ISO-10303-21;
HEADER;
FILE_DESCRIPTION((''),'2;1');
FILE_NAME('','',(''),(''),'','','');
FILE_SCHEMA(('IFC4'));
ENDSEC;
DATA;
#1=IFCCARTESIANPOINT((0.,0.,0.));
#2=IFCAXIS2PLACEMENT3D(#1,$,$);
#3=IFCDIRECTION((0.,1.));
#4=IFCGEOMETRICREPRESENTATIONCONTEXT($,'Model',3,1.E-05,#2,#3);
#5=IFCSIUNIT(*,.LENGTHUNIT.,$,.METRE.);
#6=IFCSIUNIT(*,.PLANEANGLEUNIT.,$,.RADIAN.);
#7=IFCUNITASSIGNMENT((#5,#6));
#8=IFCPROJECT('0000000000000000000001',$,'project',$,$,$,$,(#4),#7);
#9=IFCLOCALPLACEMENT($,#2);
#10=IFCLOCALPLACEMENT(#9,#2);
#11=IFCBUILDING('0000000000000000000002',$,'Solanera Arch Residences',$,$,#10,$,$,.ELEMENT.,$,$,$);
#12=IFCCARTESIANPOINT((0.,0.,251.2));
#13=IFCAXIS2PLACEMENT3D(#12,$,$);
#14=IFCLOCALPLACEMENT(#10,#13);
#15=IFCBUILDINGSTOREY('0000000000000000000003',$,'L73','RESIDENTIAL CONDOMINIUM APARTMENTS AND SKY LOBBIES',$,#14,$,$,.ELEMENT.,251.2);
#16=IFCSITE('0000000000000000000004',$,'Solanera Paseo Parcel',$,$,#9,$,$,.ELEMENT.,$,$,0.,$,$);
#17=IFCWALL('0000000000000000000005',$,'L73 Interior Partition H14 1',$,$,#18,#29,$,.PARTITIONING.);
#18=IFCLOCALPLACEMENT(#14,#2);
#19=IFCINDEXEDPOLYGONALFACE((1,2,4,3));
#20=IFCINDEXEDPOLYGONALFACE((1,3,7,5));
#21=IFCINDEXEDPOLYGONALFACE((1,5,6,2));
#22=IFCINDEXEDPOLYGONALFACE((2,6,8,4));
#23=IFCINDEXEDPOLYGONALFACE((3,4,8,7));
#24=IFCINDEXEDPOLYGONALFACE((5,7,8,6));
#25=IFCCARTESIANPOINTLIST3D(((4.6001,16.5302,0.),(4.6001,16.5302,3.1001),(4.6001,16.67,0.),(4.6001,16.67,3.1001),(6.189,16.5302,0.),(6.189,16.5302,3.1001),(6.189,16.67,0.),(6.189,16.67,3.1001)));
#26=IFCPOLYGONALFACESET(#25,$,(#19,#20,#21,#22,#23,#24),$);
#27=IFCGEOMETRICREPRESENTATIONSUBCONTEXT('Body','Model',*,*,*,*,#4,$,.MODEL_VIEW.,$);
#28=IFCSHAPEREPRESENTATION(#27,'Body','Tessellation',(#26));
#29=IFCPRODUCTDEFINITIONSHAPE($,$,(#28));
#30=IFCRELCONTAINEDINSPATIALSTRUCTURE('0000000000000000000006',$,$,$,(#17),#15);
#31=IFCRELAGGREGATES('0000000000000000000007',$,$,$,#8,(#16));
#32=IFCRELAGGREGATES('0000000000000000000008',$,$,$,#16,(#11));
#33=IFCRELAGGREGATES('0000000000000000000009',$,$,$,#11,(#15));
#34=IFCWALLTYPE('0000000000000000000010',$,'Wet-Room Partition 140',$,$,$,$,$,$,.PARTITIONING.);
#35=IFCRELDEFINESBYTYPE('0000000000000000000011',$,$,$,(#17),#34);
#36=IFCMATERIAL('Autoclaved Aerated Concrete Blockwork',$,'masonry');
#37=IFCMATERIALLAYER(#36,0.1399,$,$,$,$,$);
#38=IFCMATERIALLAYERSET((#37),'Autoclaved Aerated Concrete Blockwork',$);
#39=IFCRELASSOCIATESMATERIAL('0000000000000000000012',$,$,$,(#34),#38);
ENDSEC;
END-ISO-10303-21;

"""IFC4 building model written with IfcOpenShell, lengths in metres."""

from ifc_helpers import new_model, si_unit, direction, frame, frame_2d, origin, place, context, subcontext, project, spatial, rectangle, extrude, material, layer, layer_set, type_object, element, save


model = new_model("IFC4")

# Units and contexts
model_context = context("Model", 3, precision=1e-05, world=origin(), true_north=direction((0.0, 1.0)))
body_context = subcontext(model_context, "Body", "Model", "MODEL_VIEW")
ifc_project = project(units=[si_unit("LENGTHUNIT", "METRE"), si_unit("PLANEANGLEUNIT", "RADIAN")], contexts=[model_context])

# Site, building, storey
site_placement = place(None, origin())
site = spatial("IfcSite", under=ifc_project, at=site_placement, Name="Solanera Paseo Parcel", CompositionType="ELEMENT", RefElevation=0.0)
building_placement = place(site_placement, origin())
building = spatial("IfcBuilding", under=site, at=building_placement, Name="Solanera Arch Residences", CompositionType="ELEMENT")
storey_placement = place(building_placement, frame((0.0, 0.0, 251.2)))
storey = spatial("IfcBuildingStorey", under=building, at=storey_placement, Name="L73", Description="RESIDENTIAL CONDOMINIUM APARTMENTS AND SKY LOBBIES", CompositionType="ELEMENT", Elevation=251.2)

# Wall
ifc_material_1 = material(Name="Autoclaved Aerated Concrete Blockwork", Category="masonry")
ifc_layer_1 = layer(ifc_material_1, 0.1399)
ifc_layer_set_1 = layer_set([ifc_layer_1], Name="Autoclaved Aerated Concrete Blockwork")
wall_type_1 = type_object("IfcWallType", Name="Wet-Room Partition 140", PredefinedType="PARTITIONING", material=ifc_layer_set_1)
wall_1_placement = place(storey_placement, frame((4.6001, 16.6001, 0.0), z_axis=(0.0, 0.0, 1.0), x_axis=(1.0, 0.0, 0.0)))
element("IfcWall", 1, at=wall_1_placement, inside=storey, type_object=wall_type_1, Name="L73 Interior Partition H14 1", PredefinedType="PARTITIONING", context=body_context, shape_type="SweptSolid", body=[
    extrude(rectangle(XDim=1.5889, YDim=0.1399, at=frame_2d((0.7944, 0.0))), origin(), (0.0, 0.0, 1.0), 3.1001),
])

save(model, "model.ifc")
